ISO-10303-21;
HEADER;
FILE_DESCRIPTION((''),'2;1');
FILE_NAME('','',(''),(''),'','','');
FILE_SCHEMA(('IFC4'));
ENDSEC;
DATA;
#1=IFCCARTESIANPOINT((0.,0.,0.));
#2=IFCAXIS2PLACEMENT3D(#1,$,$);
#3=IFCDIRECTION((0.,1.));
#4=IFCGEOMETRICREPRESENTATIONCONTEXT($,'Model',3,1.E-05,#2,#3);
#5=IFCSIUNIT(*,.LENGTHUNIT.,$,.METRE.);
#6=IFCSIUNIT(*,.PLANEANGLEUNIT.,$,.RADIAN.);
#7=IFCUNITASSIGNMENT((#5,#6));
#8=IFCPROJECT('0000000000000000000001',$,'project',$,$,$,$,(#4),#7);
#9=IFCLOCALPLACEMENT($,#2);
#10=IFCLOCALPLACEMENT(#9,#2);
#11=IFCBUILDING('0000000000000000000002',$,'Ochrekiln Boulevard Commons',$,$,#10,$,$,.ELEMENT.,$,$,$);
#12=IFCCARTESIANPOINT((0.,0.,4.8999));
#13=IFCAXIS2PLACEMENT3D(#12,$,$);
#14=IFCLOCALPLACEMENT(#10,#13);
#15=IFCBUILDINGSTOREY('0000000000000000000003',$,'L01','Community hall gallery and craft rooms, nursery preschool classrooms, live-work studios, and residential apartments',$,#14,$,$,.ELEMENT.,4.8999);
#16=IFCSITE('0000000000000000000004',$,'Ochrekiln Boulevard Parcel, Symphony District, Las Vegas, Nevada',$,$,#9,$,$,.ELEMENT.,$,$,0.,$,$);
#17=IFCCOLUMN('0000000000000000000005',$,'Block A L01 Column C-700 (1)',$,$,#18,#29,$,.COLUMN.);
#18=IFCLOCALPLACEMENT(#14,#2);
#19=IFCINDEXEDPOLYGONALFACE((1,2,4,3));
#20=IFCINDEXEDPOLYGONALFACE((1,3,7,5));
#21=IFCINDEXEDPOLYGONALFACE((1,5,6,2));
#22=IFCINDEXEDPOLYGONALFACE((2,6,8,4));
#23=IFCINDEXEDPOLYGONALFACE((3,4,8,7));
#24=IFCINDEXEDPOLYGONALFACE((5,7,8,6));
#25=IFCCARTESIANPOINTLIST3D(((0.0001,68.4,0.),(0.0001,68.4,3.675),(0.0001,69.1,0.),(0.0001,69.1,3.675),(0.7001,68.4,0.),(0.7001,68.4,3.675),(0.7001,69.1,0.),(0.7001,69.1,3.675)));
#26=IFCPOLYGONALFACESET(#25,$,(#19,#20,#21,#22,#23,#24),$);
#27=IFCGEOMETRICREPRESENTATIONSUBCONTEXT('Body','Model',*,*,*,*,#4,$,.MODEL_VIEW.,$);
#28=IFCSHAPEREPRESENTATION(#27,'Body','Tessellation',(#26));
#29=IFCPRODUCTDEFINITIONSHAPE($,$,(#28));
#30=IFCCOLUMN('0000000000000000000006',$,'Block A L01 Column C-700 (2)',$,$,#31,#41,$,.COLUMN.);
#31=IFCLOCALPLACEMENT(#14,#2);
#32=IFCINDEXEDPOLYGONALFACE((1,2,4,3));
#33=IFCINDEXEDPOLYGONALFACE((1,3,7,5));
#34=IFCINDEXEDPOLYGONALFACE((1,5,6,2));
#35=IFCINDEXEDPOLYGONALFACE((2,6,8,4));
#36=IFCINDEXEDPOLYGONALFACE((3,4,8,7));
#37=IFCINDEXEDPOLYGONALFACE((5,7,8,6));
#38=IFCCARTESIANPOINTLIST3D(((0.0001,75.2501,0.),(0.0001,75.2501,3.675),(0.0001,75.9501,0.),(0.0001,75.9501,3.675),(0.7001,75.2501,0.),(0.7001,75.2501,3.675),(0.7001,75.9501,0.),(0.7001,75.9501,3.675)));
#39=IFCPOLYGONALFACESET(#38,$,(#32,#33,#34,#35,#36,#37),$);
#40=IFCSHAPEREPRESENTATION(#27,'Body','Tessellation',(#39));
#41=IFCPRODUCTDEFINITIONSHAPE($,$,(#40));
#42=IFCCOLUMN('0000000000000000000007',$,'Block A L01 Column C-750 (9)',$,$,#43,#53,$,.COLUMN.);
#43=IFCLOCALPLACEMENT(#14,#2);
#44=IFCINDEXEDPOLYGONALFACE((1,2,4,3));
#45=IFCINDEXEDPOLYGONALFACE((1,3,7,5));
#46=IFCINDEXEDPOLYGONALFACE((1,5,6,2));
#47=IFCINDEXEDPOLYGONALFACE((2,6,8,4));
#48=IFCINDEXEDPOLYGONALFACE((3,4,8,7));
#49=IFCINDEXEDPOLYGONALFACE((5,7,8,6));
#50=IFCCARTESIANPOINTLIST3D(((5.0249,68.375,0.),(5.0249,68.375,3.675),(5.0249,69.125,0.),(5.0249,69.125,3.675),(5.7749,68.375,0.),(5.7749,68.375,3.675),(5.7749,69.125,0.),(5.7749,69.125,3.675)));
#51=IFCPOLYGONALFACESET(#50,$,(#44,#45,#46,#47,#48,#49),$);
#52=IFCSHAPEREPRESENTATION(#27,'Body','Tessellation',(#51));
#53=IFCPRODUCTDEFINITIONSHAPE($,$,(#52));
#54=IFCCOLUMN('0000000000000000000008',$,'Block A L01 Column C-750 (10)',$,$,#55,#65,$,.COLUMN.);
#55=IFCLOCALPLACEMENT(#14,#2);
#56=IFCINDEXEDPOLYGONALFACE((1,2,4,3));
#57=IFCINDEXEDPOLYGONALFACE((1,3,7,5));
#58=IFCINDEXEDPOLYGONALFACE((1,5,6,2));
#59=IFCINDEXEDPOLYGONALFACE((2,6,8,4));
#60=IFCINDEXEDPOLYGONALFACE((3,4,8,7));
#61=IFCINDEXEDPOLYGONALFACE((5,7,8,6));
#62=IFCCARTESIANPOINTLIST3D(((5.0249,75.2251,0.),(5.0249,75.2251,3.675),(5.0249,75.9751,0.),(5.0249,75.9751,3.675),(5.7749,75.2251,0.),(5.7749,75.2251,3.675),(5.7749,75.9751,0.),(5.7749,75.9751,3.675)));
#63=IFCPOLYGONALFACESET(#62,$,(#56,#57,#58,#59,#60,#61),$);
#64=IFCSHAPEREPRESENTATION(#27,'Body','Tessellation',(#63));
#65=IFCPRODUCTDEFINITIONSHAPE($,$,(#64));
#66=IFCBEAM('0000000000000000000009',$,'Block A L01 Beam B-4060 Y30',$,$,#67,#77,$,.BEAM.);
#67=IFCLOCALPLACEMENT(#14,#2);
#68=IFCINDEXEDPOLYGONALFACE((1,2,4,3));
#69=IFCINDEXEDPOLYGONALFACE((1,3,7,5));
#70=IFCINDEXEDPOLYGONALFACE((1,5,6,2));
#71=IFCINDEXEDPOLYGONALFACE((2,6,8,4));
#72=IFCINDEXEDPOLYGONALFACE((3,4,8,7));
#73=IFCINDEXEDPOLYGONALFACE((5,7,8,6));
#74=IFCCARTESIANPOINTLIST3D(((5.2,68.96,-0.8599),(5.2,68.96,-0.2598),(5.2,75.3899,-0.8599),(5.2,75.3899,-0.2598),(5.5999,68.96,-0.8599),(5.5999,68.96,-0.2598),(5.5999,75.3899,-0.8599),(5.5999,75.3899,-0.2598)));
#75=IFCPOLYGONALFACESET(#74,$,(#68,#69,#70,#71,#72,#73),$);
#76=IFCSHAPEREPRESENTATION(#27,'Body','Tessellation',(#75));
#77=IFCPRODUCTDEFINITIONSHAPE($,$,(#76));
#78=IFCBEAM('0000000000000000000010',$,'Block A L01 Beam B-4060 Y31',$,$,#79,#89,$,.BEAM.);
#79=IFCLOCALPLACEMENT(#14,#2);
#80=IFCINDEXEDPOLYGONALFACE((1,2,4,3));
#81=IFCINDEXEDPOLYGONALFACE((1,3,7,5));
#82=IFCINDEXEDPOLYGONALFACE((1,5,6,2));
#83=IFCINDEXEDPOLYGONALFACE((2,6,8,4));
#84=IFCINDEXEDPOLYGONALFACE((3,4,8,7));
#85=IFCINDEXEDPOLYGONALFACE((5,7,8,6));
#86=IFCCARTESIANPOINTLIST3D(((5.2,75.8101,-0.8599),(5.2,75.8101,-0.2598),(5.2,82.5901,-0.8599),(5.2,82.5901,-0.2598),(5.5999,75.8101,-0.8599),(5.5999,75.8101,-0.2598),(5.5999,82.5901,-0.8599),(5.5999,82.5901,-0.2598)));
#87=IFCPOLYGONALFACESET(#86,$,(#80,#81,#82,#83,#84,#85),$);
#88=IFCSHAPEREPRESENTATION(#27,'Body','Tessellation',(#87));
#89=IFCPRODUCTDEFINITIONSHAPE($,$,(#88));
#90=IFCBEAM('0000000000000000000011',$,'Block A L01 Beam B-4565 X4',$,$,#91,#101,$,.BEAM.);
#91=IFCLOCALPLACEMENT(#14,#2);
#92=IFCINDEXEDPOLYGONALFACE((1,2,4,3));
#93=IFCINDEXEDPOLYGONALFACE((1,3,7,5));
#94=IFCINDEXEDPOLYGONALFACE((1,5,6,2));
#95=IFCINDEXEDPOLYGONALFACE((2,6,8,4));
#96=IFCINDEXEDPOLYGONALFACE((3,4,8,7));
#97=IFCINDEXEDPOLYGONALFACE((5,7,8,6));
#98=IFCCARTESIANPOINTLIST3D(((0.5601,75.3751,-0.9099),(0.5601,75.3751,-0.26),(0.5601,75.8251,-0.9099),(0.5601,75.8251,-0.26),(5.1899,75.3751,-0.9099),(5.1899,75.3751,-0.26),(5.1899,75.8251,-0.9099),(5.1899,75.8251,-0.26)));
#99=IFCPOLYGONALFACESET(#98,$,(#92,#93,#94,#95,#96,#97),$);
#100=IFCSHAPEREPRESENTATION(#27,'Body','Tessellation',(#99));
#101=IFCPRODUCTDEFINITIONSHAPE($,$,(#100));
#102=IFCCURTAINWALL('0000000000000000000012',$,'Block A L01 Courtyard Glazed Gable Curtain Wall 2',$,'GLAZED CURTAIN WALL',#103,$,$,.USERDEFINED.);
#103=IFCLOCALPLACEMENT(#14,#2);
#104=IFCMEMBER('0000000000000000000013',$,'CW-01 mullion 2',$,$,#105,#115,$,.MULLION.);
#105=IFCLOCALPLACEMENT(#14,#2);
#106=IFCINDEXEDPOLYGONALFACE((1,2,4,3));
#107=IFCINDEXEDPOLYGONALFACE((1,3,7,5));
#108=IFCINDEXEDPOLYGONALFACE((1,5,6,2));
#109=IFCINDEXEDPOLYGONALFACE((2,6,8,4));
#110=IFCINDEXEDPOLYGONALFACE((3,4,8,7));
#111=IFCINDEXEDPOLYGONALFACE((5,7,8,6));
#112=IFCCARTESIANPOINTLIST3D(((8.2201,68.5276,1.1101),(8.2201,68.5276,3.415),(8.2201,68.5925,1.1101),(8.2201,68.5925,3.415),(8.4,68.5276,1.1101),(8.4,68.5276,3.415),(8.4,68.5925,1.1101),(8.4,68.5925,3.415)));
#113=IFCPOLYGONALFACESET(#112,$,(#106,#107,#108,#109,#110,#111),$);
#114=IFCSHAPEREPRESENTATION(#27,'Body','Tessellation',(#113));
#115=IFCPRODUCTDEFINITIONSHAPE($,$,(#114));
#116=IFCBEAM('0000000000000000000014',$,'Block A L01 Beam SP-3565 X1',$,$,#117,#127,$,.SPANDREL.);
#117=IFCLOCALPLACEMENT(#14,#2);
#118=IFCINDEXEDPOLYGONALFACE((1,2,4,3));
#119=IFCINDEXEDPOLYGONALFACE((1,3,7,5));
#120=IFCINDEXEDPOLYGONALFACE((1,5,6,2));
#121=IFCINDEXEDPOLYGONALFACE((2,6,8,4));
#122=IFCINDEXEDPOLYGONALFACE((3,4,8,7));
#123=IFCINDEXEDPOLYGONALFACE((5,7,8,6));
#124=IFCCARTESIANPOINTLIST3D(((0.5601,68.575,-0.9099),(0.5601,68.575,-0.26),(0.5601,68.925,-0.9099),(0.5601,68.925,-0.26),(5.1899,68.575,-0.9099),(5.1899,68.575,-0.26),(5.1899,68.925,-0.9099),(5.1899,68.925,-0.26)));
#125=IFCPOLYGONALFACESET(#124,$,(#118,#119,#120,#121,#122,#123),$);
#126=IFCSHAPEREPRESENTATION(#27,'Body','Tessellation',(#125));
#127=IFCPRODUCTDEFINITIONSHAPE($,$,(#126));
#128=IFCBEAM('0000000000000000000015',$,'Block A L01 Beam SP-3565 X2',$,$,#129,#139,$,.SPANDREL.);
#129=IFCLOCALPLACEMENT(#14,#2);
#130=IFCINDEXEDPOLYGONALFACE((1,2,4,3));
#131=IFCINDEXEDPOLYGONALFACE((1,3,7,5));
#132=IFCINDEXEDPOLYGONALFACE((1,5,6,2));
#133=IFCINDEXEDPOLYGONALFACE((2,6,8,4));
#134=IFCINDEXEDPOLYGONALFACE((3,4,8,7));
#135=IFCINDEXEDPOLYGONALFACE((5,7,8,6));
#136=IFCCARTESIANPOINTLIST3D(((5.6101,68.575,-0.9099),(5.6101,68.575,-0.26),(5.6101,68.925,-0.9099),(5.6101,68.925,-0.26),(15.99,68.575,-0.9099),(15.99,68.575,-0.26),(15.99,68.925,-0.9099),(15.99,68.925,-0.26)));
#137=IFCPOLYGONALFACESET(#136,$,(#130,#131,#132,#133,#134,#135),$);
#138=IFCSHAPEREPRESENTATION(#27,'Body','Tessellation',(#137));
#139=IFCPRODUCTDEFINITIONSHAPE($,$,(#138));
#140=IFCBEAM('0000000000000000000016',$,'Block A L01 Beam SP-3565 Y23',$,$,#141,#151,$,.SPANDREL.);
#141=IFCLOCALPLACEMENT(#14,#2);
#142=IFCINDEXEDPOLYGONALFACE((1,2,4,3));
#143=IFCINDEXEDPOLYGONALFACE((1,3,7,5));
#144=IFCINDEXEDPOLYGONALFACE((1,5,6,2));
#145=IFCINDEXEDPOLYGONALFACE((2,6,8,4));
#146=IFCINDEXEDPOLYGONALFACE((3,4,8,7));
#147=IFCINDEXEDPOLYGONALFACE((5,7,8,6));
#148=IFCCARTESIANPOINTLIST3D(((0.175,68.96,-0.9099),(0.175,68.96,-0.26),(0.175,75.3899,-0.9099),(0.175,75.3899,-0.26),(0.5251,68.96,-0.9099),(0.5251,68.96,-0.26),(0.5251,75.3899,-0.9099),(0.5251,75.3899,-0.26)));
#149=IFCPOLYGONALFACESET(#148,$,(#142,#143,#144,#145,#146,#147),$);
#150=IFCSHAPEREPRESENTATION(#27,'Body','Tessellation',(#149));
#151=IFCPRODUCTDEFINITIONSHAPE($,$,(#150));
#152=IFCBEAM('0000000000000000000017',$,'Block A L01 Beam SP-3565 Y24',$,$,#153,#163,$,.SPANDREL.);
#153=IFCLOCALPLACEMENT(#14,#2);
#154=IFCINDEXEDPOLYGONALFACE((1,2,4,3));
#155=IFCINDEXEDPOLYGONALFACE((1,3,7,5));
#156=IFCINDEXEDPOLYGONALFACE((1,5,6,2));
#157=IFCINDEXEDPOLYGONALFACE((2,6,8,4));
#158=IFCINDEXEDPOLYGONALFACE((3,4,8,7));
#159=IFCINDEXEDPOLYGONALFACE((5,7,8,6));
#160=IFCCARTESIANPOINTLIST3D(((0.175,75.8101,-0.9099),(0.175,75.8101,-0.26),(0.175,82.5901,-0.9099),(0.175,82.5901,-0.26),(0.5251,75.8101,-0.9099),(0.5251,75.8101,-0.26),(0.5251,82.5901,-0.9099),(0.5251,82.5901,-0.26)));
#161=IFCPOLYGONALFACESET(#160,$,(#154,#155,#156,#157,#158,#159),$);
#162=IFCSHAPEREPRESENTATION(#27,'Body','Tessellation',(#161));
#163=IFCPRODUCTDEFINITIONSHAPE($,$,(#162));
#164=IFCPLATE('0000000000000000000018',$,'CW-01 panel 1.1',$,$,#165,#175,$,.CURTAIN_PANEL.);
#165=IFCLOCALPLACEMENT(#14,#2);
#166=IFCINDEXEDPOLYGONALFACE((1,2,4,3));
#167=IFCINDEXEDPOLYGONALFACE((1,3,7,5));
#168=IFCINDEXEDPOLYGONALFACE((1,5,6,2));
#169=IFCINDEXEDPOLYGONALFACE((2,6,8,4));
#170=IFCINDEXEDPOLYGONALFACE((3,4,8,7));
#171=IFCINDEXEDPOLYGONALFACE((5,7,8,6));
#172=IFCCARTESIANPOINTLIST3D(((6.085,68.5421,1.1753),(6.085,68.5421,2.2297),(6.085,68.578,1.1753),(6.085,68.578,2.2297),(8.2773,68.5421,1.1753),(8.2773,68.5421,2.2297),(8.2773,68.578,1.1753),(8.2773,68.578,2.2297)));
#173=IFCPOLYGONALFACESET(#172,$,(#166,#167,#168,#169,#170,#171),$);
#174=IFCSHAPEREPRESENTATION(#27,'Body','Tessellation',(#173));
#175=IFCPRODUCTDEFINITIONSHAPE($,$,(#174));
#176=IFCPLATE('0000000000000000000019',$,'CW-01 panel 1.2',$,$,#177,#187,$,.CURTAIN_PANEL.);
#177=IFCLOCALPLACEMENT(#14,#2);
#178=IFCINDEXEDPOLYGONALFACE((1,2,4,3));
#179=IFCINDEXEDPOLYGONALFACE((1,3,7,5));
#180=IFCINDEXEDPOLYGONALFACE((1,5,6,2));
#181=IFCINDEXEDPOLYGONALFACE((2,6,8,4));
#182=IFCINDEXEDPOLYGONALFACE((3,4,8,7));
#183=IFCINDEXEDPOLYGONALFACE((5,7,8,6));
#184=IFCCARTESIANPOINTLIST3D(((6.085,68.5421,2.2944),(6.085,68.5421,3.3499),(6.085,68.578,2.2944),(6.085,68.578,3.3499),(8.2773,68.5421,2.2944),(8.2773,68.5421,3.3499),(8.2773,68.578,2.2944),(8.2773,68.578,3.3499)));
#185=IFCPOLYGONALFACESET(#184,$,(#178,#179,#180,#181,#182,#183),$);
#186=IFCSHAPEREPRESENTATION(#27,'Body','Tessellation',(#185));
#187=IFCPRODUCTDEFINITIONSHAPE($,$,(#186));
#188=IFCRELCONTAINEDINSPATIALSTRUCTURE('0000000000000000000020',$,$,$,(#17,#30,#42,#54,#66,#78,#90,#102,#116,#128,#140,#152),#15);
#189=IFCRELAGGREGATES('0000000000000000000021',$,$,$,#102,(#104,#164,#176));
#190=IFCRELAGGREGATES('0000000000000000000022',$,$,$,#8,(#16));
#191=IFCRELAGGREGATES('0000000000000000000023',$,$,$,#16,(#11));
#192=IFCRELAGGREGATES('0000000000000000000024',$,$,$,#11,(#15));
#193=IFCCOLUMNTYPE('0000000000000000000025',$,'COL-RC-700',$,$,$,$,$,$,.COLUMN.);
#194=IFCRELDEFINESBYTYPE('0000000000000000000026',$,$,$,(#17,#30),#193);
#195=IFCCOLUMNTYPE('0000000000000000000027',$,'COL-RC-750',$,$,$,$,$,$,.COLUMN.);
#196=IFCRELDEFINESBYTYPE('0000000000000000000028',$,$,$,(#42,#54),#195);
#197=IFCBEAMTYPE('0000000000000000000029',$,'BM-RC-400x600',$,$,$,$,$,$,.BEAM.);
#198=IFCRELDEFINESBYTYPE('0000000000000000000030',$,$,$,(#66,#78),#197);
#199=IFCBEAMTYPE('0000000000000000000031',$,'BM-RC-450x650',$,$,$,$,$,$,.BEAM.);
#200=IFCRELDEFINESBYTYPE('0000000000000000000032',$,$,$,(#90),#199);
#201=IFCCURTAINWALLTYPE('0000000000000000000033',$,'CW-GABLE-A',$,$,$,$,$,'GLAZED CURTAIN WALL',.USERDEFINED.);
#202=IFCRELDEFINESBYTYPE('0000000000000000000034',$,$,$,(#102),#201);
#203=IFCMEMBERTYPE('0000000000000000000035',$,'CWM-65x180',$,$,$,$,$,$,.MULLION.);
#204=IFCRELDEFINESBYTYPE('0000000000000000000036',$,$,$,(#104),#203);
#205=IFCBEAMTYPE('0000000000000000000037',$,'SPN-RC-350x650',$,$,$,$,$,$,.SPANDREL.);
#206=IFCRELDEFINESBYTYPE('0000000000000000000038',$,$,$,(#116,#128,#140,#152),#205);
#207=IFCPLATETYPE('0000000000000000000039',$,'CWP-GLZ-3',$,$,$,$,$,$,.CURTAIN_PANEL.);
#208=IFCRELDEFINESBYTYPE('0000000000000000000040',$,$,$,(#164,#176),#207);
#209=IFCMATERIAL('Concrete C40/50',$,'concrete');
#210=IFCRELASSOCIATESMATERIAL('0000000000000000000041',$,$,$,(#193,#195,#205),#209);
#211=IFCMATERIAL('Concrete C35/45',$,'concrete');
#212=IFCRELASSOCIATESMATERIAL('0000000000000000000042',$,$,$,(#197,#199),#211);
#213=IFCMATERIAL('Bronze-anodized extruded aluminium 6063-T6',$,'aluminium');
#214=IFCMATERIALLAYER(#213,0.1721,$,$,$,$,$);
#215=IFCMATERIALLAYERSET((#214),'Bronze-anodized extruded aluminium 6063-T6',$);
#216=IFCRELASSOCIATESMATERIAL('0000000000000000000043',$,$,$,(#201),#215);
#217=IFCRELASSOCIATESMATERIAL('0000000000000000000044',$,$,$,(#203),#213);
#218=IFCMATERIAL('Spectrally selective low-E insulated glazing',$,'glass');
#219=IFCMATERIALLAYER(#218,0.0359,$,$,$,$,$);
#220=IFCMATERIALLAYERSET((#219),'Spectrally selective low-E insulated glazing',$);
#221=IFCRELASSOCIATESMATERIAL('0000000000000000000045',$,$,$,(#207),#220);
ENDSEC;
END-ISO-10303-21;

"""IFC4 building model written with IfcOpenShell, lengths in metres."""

from ifc_helpers import new_model, si_unit, direction, frame, origin, origin_2d, place, context, subcontext, project, spatial, rectangle, extrude, material, layer, layer_set, material_profile, profile_set, type_object, element, aggregate, save


model = new_model("IFC4")

# Units and contexts
model_context = context("Model", 3, precision=1e-05, world=origin(), true_north=direction((0.0, 1.0)))
body_context = subcontext(model_context, "Body", "Model", "MODEL_VIEW")
ifc_project = project(units=[si_unit("LENGTHUNIT", "METRE"), si_unit("PLANEANGLEUNIT", "RADIAN")], contexts=[model_context])

# Site, building, storey
site_placement = place(None, origin())
site = spatial("IfcSite", under=ifc_project, at=site_placement, Name="Ochrekiln Boulevard Parcel, Symphony District, Las Vegas, Nevada", CompositionType="ELEMENT", RefElevation=0.0)
building_placement = place(site_placement, origin())
building = spatial("IfcBuilding", under=site, at=building_placement, Name="Ochrekiln Boulevard Commons", CompositionType="ELEMENT")
storey_placement = place(building_placement, frame((0.0, 0.0, 4.8999)))
storey = spatial("IfcBuildingStorey", under=building, at=storey_placement, Name="L01", Description="Community hall gallery and craft rooms, nursery preschool classrooms, live-work studios, and residential apartments", CompositionType="ELEMENT", Elevation=4.8999)

# Columns
ifc_material_1 = material(Name="Concrete C40/50", Category="concrete")
ifc_material_profile_1 = material_profile(ifc_material_1, rectangle(XDim=0.7, YDim=0.7, at=origin_2d()), Name="RC-COL-700x700")
ifc_profile_set_1 = profile_set([ifc_material_profile_1], Name="Concrete C40/50")
column_type_1 = type_object("IfcColumnType", Name="COL-RC-700", PredefinedType="COLUMN", material=ifc_profile_set_1)
for number, where, z_axis, x_axis, name in (
    (1, (0.3501, 68.75, 0.0), (0.0, 0.0, 1.0), (1.0, 0.0, 0.0), "Block A L01 Column C-700 (1)"),
    (2, (0.3501, 75.6001, 0.0), (0.0, 0.0, 1.0), (1.0, 0.0, 0.0), "Block A L01 Column C-700 (2)"),
):
    element("IfcColumn", number, at=place(storey_placement, frame(where, z_axis=z_axis, x_axis=x_axis)), inside=storey, type_object=column_type_1, Name=name, PredefinedType="COLUMN", context=body_context, shape_type="SweptSolid", body=[
        extrude(rectangle(XDim=0.7, YDim=0.7, at=origin_2d()), origin(), (0.0, 0.0, 1.0), 3.675),
    ])
ifc_material_profile_2 = material_profile(ifc_material_1, rectangle(XDim=0.75, YDim=0.75, at=origin_2d()), Name="RC-COL-750x750")
ifc_profile_set_2 = profile_set([ifc_material_profile_2], Name="Concrete C40/50")
column_type_2 = type_object("IfcColumnType", Name="COL-RC-750", PredefinedType="COLUMN", material=ifc_profile_set_2)
for number, where, z_axis, x_axis, name in (
    (3, (5.3999, 68.75, 0.0), (0.0, 0.0, 1.0), (1.0, 0.0, 0.0), "Block A L01 Column C-750 (9)"),
    (4, (5.3999, 75.6001, 0.0), (0.0, 0.0, 1.0), (1.0, 0.0, 0.0), "Block A L01 Column C-750 (10)"),
):
    element("IfcColumn", number, at=place(storey_placement, frame(where, z_axis=z_axis, x_axis=x_axis)), inside=storey, type_object=column_type_2, Name=name, PredefinedType="COLUMN", context=body_context, shape_type="SweptSolid", body=[
        extrude(rectangle(XDim=0.75, YDim=0.75, at=origin_2d()), origin(), (0.0, 0.0, 1.0), 3.675),
    ])

# Beams
ifc_material_2 = material(Name="Concrete C35/45", Category="concrete")
ifc_material_profile_3 = material_profile(ifc_material_2, rectangle(XDim=0.3999, YDim=0.6001, at=origin_2d()), Name="RC-BM-400x600")
ifc_profile_set_3 = profile_set([ifc_material_profile_3], Name="Concrete C35/45")
beam_type_1 = type_object("IfcBeamType", Name="BM-RC-400x600", PredefinedType="BEAM", material=ifc_profile_set_3)
beam_1_placement = place(storey_placement, frame((5.3999, 68.96, -0.5598), z_axis=(0.0, 1.0, 0.0), x_axis=(-1.0, 0.0, 0.0)))
element("IfcBeam", 5, at=beam_1_placement, inside=storey, type_object=beam_type_1, Name="Block A L01 Beam B-4060 Y30", PredefinedType="BEAM", context=body_context, shape_type="SweptSolid", body=[
    extrude(rectangle(XDim=0.3999, YDim=0.6001, at=origin_2d()), origin(), (0.0, 0.0, 1.0), 6.4299),
])
beam_2_placement = place(storey_placement, frame((5.3999, 75.8101, -0.5598), z_axis=(0.0, 1.0, 0.0), x_axis=(-1.0, 0.0, 0.0)))
element("IfcBeam", 6, at=beam_2_placement, inside=storey, type_object=beam_type_1, Name="Block A L01 Beam B-4060 Y31", PredefinedType="BEAM", context=body_context, shape_type="SweptSolid", body=[
    extrude(rectangle(XDim=0.3999, YDim=0.6001, at=origin_2d()), origin(), (0.0, 0.0, 1.0), 6.78),
])
ifc_material_profile_4 = material_profile(ifc_material_2, rectangle(XDim=0.45, YDim=0.6499, at=origin_2d()), Name="RC-BM-450x650")
ifc_profile_set_4 = profile_set([ifc_material_profile_4], Name="Concrete C35/45")
beam_type_2 = type_object("IfcBeamType", Name="BM-RC-450x650", PredefinedType="BEAM", material=ifc_profile_set_4)
beam_3_placement = place(storey_placement, frame((0.5601, 75.6001, -0.585), z_axis=(1.0, 0.0, 0.0), x_axis=(0.0, 1.0, 0.0)))
element("IfcBeam", 7, at=beam_3_placement, inside=storey, type_object=beam_type_2, Name="Block A L01 Beam B-4565 X4", PredefinedType="BEAM", context=body_context, shape_type="SweptSolid", body=[
    extrude(rectangle(XDim=0.45, YDim=0.6499, at=origin_2d()), origin(), (0.0, 0.0, 1.0), 4.6299),
])

# Curtain wall, member
ifc_material_3 = material(Name="Bronze-anodized extruded aluminium 6063-T6", Category="aluminium")
ifc_layer_1 = layer(ifc_material_3, 0.1721)
ifc_layer_set_1 = layer_set([ifc_layer_1], Name="Bronze-anodized extruded aluminium 6063-T6")
curtain_wall_type = type_object("IfcCurtainWallType", Name="CW-GABLE-A", ElementType="GLAZED CURTAIN WALL", PredefinedType="USERDEFINED", material=ifc_layer_set_1)
curtain_wall_placement = place(storey_placement, origin())
curtain_wall = element("IfcCurtainWall", 8, at=curtain_wall_placement, inside=storey, type_object=curtain_wall_type, Name="Block A L01 Courtyard Glazed Gable Curtain Wall 2", ObjectType="GLAZED CURTAIN WALL", PredefinedType="USERDEFINED")
ifc_material_profile_5 = material_profile(ifc_material_3, rectangle(XDim=0.0649, YDim=0.1799, at=origin_2d()), Name="ALU-MUL-65x180")
ifc_profile_set_5 = profile_set([ifc_material_profile_5], Name="Bronze-anodized extruded aluminium 6063-T6")
member_type = type_object("IfcMemberType", Name="CWM-65x180", PredefinedType="MULLION", material=ifc_profile_set_5)
member_placement = place(storey_placement, frame((8.3101, 68.5601, 1.1101), z_axis=(0.0, 0.0, 1.0), x_axis=(0.0, 1.0, 0.0)))
member = element("IfcMember", 9, at=member_placement, type_object=member_type, Name="CW-01 mullion 2", PredefinedType="MULLION", context=body_context, shape_type="SweptSolid", body=[
    extrude(rectangle(XDim=0.0649, YDim=0.1799, at=origin_2d()), origin(), (0.0, 0.0, 1.0), 2.3049),
])

# Beams
ifc_material_profile_6 = material_profile(ifc_material_1, rectangle(XDim=0.3501, YDim=0.6499, at=origin_2d()), Name="RC-SPN-350x650")
ifc_profile_set_6 = profile_set([ifc_material_profile_6], Name="Concrete C40/50")
beam_type_3 = type_object("IfcBeamType", Name="SPN-RC-350x650", PredefinedType="SPANDREL", material=ifc_profile_set_6)
beam_4_placement = place(storey_placement, frame((0.5601, 68.75, -0.585), z_axis=(1.0, 0.0, 0.0), x_axis=(0.0, 1.0, 0.0)))
element("IfcBeam", 10, at=beam_4_placement, inside=storey, type_object=beam_type_3, Name="Block A L01 Beam SP-3565 X1", PredefinedType="SPANDREL", context=body_context, shape_type="SweptSolid", body=[
    extrude(rectangle(XDim=0.3501, YDim=0.6499, at=origin_2d()), origin(), (0.0, 0.0, 1.0), 4.6299),
])
beam_5_placement = place(storey_placement, frame((5.6101, 68.75, -0.585), z_axis=(1.0, 0.0, 0.0), x_axis=(0.0, 1.0, 0.0)))
element("IfcBeam", 11, at=beam_5_placement, inside=storey, type_object=beam_type_3, Name="Block A L01 Beam SP-3565 X2", PredefinedType="SPANDREL", context=body_context, shape_type="SweptSolid", body=[
    extrude(rectangle(XDim=0.3501, YDim=0.6499, at=origin_2d()), origin(), (0.0, 0.0, 1.0), 10.3799),
])
beam_6_placement = place(storey_placement, frame((0.3501, 68.96, -0.585), z_axis=(0.0, 1.0, 0.0), x_axis=(-1.0, 0.0, 0.0)))
element("IfcBeam", 12, at=beam_6_placement, inside=storey, type_object=beam_type_3, Name="Block A L01 Beam SP-3565 Y23", PredefinedType="SPANDREL", context=body_context, shape_type="SweptSolid", body=[
    extrude(rectangle(XDim=0.3501, YDim=0.6499, at=origin_2d()), origin(), (0.0, 0.0, 1.0), 6.4299),
])
beam_7_placement = place(storey_placement, frame((0.3501, 75.8101, -0.585), z_axis=(0.0, 1.0, 0.0), x_axis=(-1.0, 0.0, 0.0)))
element("IfcBeam", 13, at=beam_7_placement, inside=storey, type_object=beam_type_3, Name="Block A L01 Beam SP-3565 Y24", PredefinedType="SPANDREL", context=body_context, shape_type="SweptSolid", body=[
    extrude(rectangle(XDim=0.3501, YDim=0.6499, at=origin_2d()), origin(), (0.0, 0.0, 1.0), 6.78),
])

# Plates
ifc_material_4 = material(Name="Spectrally selective low-E insulated glazing", Category="glass")
ifc_layer_2 = layer(ifc_material_4, 0.0359)
ifc_layer_set_2 = layer_set([ifc_layer_2], Name="Spectrally selective low-E insulated glazing")
plate_type = type_object("IfcPlateType", Name="CWP-GLZ-3", PredefinedType="CURTAIN_PANEL", material=ifc_layer_set_2)
plate_1_placement = place(storey_placement, frame((7.1812, 68.5601, 1.1753), z_axis=(0.0, 0.0, 1.0), x_axis=(1.0, 0.0, 0.0)))
plate_1 = element("IfcPlate", 14, at=plate_1_placement, type_object=plate_type, Name="CW-01 panel 1.1", PredefinedType="CURTAIN_PANEL", context=body_context, shape_type="SweptSolid", body=[
    extrude(rectangle(XDim=2.1924, YDim=0.0359, at=origin_2d()), origin(), (0.0, 0.0, 1.0), 1.0544),
])
plate_2_placement = place(storey_placement, frame((7.1812, 68.5601, 2.2944), z_axis=(0.0, 0.0, 1.0), x_axis=(1.0, 0.0, 0.0)))
plate_2 = element("IfcPlate", 15, at=plate_2_placement, type_object=plate_type, Name="CW-01 panel 1.2", PredefinedType="CURTAIN_PANEL", context=body_context, shape_type="SweptSolid", body=[
    extrude(rectangle(XDim=2.1924, YDim=0.0359, at=origin_2d()), origin(), (0.0, 0.0, 1.0), 1.0554),
])
aggregate(curtain_wall, [member, plate_1, plate_2])

save(model, "model.ifc")
